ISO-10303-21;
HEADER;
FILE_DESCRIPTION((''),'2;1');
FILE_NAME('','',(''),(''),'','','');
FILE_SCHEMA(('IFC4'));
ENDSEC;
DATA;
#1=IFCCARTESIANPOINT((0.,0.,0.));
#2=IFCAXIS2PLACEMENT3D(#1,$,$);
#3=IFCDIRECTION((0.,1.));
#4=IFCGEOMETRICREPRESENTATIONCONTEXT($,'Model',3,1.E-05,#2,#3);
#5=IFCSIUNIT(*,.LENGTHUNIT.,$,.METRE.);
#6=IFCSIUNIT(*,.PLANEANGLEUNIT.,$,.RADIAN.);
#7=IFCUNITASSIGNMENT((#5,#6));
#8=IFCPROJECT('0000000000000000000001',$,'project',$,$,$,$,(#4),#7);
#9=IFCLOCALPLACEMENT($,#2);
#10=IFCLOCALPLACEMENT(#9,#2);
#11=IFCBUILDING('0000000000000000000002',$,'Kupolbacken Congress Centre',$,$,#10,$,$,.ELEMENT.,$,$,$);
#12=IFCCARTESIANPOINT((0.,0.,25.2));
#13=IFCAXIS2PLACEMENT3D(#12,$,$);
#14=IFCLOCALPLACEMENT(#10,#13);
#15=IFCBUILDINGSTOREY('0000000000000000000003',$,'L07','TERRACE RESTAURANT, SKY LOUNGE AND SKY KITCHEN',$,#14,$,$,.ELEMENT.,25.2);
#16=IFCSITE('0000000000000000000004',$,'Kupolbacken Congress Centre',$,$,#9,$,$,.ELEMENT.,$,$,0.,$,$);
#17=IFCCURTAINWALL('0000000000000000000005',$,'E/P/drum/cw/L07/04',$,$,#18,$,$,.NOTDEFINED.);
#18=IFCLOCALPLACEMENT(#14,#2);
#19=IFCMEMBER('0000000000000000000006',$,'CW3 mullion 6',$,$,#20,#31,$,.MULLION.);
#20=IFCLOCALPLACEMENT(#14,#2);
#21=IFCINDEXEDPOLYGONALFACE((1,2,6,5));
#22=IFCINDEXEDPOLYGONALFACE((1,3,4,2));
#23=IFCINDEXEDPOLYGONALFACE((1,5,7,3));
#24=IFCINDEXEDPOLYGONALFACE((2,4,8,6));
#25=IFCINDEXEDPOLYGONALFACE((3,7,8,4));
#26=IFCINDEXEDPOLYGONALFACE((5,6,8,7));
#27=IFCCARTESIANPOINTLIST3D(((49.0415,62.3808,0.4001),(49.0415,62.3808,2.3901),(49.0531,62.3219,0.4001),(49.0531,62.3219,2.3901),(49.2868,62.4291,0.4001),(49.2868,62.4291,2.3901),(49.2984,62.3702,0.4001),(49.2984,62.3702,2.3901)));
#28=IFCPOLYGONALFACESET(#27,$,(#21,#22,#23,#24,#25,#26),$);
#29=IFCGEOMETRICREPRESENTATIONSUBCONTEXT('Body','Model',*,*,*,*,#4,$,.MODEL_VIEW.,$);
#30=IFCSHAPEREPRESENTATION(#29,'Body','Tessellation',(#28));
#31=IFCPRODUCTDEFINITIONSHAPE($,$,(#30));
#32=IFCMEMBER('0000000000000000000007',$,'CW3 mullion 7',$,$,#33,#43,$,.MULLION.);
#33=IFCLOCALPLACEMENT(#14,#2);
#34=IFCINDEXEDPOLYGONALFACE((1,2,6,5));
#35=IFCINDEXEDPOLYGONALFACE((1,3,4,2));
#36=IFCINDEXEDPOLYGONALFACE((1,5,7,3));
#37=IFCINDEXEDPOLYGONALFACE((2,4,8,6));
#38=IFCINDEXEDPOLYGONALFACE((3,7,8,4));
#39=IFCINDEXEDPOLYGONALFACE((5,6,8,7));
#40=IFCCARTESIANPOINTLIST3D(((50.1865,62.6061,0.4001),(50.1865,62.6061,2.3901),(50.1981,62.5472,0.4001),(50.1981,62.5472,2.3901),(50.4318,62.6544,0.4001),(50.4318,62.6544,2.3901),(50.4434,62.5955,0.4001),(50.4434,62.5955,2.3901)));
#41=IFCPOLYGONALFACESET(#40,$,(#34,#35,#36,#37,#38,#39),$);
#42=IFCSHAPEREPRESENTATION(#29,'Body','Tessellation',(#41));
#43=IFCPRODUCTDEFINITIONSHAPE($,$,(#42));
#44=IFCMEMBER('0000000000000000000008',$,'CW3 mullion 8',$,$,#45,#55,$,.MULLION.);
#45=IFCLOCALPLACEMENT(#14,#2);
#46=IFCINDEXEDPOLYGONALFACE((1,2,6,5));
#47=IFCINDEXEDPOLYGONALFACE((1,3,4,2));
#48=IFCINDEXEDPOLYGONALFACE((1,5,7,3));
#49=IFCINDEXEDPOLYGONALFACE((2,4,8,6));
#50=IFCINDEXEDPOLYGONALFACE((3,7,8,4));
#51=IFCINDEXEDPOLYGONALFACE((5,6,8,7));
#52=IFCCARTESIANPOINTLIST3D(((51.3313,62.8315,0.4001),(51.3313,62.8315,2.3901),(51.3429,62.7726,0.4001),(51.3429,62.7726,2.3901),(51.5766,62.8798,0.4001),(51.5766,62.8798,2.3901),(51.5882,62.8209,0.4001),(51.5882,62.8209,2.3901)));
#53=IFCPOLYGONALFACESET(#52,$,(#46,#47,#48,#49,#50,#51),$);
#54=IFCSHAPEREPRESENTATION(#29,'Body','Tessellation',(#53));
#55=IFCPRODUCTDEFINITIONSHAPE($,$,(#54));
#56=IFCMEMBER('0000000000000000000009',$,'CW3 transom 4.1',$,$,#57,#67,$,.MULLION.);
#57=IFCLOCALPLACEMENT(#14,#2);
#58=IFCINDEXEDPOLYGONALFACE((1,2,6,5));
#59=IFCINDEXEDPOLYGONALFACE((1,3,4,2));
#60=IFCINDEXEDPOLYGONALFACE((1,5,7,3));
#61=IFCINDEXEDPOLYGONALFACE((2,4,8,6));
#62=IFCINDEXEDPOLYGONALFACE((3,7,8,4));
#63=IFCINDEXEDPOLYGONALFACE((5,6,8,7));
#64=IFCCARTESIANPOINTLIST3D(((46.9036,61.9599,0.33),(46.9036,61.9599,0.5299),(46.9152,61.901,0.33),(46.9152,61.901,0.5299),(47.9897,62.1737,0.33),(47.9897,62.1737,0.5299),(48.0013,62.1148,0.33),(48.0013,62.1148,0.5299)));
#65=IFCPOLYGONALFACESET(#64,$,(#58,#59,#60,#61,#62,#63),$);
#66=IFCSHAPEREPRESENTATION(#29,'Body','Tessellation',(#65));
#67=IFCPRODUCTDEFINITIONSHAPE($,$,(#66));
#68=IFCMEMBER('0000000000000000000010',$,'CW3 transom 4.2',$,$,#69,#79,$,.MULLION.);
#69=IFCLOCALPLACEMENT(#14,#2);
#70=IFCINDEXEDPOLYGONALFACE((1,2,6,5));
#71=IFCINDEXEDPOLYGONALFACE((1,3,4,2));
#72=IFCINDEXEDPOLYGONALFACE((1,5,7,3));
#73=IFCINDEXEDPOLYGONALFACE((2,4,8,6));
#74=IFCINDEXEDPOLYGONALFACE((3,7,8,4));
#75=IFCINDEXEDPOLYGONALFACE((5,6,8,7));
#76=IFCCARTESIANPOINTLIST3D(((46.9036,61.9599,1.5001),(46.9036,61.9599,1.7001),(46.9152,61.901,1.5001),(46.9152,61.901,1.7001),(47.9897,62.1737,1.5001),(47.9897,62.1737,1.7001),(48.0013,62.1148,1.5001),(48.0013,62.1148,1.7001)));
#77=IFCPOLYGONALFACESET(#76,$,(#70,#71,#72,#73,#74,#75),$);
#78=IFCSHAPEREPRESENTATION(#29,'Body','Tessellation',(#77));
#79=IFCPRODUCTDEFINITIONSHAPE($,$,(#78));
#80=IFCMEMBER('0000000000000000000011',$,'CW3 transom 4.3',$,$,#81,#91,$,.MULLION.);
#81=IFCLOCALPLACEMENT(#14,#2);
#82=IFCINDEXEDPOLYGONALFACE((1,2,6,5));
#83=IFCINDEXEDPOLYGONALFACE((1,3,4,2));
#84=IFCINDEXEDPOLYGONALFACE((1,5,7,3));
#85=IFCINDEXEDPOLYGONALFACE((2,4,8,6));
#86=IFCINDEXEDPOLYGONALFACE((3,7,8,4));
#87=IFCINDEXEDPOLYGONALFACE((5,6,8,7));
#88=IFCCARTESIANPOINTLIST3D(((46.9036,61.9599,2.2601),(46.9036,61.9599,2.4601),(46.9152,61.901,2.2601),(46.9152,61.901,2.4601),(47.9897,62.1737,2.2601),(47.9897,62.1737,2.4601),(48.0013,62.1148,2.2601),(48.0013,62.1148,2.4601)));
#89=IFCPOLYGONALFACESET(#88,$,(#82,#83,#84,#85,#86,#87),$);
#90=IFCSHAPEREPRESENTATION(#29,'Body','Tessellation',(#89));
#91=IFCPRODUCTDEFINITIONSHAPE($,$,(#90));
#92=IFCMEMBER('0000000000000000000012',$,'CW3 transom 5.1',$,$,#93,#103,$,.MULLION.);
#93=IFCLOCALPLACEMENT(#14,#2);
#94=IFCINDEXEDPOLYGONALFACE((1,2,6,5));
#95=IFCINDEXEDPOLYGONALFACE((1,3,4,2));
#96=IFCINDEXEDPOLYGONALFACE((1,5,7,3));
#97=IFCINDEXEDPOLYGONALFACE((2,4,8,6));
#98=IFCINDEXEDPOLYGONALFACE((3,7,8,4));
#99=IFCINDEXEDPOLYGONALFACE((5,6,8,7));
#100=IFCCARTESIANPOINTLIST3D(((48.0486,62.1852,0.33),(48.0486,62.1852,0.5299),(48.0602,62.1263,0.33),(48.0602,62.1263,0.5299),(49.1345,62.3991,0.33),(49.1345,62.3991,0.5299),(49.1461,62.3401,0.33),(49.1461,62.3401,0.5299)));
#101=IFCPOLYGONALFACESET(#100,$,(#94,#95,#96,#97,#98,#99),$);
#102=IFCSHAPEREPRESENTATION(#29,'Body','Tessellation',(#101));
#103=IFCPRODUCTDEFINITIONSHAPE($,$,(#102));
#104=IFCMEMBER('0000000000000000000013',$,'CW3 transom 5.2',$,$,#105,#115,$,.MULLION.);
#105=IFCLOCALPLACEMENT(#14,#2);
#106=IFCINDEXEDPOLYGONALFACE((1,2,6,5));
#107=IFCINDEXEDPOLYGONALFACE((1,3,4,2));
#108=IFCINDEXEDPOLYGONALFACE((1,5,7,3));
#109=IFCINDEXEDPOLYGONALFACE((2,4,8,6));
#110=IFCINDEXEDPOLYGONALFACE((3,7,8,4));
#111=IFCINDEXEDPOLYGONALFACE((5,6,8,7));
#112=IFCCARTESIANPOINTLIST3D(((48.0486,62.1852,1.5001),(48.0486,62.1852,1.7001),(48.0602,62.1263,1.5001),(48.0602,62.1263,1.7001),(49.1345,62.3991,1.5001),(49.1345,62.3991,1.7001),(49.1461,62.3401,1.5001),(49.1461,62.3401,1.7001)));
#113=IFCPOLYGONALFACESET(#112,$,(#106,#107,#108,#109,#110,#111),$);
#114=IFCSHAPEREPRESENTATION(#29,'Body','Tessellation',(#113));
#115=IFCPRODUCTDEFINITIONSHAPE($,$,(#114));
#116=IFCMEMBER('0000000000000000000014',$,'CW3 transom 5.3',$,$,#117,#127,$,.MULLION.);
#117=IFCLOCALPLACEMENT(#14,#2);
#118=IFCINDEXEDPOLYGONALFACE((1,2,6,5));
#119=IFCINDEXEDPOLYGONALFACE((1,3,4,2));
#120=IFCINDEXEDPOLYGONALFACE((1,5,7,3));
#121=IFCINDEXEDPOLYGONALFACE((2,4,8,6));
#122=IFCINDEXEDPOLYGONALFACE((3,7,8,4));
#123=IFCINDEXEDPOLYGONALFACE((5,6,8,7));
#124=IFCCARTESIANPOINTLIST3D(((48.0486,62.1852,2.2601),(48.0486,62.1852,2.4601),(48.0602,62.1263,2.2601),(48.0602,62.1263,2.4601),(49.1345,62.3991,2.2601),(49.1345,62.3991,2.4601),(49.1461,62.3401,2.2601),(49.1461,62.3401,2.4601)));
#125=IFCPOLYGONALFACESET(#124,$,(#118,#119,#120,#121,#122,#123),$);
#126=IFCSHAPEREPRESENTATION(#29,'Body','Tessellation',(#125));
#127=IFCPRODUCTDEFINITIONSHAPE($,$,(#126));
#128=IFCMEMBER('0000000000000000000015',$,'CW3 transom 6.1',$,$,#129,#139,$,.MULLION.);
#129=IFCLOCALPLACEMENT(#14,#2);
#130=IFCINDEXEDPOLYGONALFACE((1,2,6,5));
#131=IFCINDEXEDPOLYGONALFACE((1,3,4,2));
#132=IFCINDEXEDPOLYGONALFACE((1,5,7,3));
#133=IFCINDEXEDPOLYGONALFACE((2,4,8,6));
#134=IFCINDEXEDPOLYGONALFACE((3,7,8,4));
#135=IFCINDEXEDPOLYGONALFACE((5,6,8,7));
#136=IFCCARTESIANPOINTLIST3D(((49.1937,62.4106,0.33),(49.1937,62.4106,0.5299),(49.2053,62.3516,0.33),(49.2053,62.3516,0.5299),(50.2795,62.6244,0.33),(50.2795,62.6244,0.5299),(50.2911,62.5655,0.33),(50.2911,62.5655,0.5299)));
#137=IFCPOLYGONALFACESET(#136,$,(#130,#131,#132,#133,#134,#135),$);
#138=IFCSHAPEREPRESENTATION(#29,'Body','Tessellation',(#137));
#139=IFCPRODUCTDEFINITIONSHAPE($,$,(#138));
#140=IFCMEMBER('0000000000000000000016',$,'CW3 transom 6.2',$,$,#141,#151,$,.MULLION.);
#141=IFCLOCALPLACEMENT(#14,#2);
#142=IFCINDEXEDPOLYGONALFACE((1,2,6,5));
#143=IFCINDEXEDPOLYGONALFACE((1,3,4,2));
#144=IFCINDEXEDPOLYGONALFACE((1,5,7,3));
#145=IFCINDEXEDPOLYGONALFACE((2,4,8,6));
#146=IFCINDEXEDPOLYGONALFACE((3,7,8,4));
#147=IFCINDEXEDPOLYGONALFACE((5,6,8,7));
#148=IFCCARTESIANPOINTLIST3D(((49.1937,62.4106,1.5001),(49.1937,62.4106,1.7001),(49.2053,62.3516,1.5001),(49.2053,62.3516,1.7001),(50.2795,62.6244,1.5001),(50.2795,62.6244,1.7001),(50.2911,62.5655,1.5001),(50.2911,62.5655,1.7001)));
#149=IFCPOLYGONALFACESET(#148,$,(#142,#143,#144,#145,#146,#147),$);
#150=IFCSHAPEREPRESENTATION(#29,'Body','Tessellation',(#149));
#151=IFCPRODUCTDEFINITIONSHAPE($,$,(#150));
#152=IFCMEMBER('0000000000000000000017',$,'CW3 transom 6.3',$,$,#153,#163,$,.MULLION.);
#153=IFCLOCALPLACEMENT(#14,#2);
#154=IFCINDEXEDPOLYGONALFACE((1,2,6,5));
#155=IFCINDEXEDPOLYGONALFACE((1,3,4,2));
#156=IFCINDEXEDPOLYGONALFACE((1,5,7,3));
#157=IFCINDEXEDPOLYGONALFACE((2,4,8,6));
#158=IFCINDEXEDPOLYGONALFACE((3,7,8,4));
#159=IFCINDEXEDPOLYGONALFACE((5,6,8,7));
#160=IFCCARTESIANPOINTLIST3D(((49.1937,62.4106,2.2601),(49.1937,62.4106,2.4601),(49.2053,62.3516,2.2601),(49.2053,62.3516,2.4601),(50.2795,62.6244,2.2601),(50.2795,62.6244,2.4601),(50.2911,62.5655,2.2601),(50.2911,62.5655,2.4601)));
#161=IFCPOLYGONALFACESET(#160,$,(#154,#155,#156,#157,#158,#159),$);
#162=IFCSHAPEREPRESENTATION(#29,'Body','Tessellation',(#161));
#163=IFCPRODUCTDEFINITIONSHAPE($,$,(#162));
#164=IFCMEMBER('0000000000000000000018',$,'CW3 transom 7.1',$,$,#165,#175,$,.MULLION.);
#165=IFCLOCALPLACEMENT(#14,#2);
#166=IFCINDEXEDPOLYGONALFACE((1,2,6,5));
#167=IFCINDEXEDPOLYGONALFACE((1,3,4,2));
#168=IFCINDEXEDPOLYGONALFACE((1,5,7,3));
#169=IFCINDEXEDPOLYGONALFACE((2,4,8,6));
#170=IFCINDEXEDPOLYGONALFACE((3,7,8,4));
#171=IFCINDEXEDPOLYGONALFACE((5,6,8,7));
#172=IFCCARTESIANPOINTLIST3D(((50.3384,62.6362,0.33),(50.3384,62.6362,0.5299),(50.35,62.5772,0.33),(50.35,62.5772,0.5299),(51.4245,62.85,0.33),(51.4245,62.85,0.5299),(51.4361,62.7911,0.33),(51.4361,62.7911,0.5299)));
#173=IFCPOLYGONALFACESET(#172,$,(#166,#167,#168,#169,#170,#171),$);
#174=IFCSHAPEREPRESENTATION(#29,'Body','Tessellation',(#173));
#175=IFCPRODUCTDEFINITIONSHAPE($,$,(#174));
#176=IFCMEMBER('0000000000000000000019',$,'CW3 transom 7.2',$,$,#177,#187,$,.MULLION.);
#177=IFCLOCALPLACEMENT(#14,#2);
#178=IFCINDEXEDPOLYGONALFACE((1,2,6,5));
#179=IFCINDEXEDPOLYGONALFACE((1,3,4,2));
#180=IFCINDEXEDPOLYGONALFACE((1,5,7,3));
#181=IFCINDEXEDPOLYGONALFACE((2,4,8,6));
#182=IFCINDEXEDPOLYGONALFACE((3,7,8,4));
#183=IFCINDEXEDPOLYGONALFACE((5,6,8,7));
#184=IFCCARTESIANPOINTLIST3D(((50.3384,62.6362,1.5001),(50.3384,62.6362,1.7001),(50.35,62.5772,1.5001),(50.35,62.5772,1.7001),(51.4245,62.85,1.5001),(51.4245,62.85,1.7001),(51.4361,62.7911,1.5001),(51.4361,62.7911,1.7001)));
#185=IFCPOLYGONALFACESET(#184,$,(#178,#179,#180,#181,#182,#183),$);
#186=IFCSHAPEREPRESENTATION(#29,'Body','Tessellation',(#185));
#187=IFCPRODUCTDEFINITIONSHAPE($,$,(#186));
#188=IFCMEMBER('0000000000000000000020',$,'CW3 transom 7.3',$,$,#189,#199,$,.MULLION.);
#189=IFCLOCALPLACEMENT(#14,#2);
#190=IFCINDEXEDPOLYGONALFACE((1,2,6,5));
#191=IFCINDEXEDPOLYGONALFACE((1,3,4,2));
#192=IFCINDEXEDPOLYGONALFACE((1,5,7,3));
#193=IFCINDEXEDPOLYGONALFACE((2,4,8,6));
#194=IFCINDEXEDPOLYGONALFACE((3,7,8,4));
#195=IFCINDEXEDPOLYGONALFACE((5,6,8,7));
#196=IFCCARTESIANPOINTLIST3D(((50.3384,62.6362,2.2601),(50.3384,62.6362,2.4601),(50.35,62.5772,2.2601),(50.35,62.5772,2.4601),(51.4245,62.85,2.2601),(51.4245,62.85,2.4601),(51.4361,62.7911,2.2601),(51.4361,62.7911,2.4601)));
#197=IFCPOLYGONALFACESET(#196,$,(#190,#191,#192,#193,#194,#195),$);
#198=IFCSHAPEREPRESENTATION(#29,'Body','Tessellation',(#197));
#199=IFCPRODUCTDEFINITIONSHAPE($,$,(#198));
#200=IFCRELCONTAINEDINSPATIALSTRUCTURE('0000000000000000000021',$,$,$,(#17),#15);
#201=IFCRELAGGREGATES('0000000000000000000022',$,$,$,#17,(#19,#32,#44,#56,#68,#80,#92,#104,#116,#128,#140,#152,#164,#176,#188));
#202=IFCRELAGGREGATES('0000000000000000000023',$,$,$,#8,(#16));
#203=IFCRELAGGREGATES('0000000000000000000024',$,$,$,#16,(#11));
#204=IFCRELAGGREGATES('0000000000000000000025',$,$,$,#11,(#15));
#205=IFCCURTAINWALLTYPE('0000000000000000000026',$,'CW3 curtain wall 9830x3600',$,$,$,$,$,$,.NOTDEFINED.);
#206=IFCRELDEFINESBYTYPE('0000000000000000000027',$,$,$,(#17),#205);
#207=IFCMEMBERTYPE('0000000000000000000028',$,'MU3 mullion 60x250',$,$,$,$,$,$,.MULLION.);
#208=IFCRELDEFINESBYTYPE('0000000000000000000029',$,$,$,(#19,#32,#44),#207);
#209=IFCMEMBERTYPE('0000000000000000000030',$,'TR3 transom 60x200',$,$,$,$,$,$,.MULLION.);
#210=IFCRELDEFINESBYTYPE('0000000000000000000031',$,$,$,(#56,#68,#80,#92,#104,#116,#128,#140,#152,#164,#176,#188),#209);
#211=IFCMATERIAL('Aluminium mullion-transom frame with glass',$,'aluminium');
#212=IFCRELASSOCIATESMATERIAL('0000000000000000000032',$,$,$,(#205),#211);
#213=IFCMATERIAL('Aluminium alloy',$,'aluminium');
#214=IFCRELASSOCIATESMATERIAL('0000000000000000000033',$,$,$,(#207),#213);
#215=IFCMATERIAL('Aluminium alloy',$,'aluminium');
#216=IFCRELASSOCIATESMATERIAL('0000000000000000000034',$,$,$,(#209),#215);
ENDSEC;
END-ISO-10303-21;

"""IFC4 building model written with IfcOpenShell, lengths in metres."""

from ifc_helpers import new_model, si_unit, direction, frame, origin, origin_2d, place, context, subcontext, project, spatial, rectangle, extrude, material, material_profile, profile_set, type_object, element, aggregate, save


model = new_model("IFC4")

# Units and contexts
model_context = context("Model", 3, precision=1e-05, world=origin(), true_north=direction((0.0, 1.0)))
body_context = subcontext(model_context, "Body", "Model", "MODEL_VIEW")
ifc_project = project(units=[si_unit("LENGTHUNIT", "METRE"), si_unit("PLANEANGLEUNIT", "RADIAN")], contexts=[model_context])

# Site, building, storey
site_placement = place(None, origin())
site = spatial("IfcSite", under=ifc_project, at=site_placement, Name="Kupolbacken Congress Centre", CompositionType="ELEMENT", RefElevation=0.0)
building_placement = place(site_placement, origin())
building = spatial("IfcBuilding", under=site, at=building_placement, Name="Kupolbacken Congress Centre", CompositionType="ELEMENT")
storey_placement = place(building_placement, frame((0.0, 0.0, 25.2)))
storey = spatial("IfcBuildingStorey", under=building, at=storey_placement, Name="L07", Description="TERRACE RESTAURANT, SKY LOUNGE AND SKY KITCHEN", CompositionType="ELEMENT", Elevation=25.2)

# Curtain wall, members
ifc_material_1 = material(Name="Aluminium mullion-transom frame with glass", Category="aluminium")
curtain_wall_type = type_object("IfcCurtainWallType", Name="CW3 curtain wall 9830x3600", PredefinedType="NOTDEFINED", material=ifc_material_1)
curtain_wall_placement = place(storey_placement, origin())
curtain_wall = element("IfcCurtainWall", 1, at=curtain_wall_placement, inside=storey, type_object=curtain_wall_type, Name="E/P/drum/cw/L07/04", PredefinedType="NOTDEFINED")
ifc_material_2 = material(Name="Aluminium alloy", Category="aluminium")
ifc_material_profile_1 = material_profile(ifc_material_2, rectangle(XDim=0.0601, YDim=0.25, at=origin_2d()), Name="60 x 250")
ifc_profile_set_1 = profile_set([ifc_material_profile_1], Name="Aluminium alloy")
member_type_1 = type_object("IfcMemberType", Name="MU3 mullion 60x250", PredefinedType="MULLION", material=ifc_profile_set_1)
member_1_placement = place(storey_placement, frame((49.1699, 62.3755, 0.4001), z_axis=(0.0, 0.0, 1.0), x_axis=(-0.193182, 0.981163, 0.0)))
member_1 = element("IfcMember", 2, at=member_1_placement, type_object=member_type_1, Name="CW3 mullion 6", PredefinedType="MULLION", context=body_context, shape_type="SweptSolid", body=[
    extrude(rectangle(XDim=0.0601, YDim=0.25, at=origin_2d()), origin(), (0.0, 0.0, 1.0), 1.99),
])
member_2_placement = place(storey_placement, frame((50.3149, 62.6008, 0.4001), z_axis=(0.0, 0.0, 1.0), x_axis=(-0.193182, 0.981163, 0.0)))
member_2 = element("IfcMember", 3, at=member_2_placement, type_object=member_type_1, Name="CW3 mullion 7", PredefinedType="MULLION", context=body_context, shape_type="SweptSolid", body=[
    extrude(rectangle(XDim=0.0601, YDim=0.25, at=origin_2d()), origin(), (0.0, 0.0, 1.0), 1.99),
])
member_3_placement = place(storey_placement, frame((51.4597, 62.8262, 0.4001), z_axis=(0.0, 0.0, 1.0), x_axis=(-0.193182, 0.981163, 0.0)))
member_3 = element("IfcMember", 4, at=member_3_placement, type_object=member_type_1, Name="CW3 mullion 8", PredefinedType="MULLION", context=body_context, shape_type="SweptSolid", body=[
    extrude(rectangle(XDim=0.0601, YDim=0.25, at=origin_2d()), origin(), (0.0, 0.0, 1.0), 1.99),
])
ifc_material_3 = material(Name="Aluminium alloy", Category="aluminium")
ifc_material_profile_2 = material_profile(ifc_material_3, rectangle(XDim=0.0601, YDim=0.2, at=origin_2d()), Name="60 x 200")
ifc_profile_set_2 = profile_set([ifc_material_profile_2], Name="Aluminium alloy")
member_type_2 = type_object("IfcMemberType", Name="TR3 transom 60x200", PredefinedType="MULLION", material=ifc_profile_set_2)
member_4_placement = place(storey_placement, frame((46.9094, 61.9304, 0.4299), z_axis=(0.981162, 0.193189, 0.0), x_axis=(-0.193189, 0.981162, 0.0)))
member_4 = element("IfcMember", 5, at=member_4_placement, type_object=member_type_2, Name="CW3 transom 4.1", PredefinedType="MULLION", context=body_context, shape_type="SweptSolid", body=[
    extrude(rectangle(XDim=0.0601, YDim=0.2, at=origin_2d()), origin(), (0.0, 0.0, 1.0), 1.1069),
])
member_5_placement = place(storey_placement, frame((46.9094, 61.9304, 1.6001), z_axis=(0.981162, 0.193189, 0.0), x_axis=(-0.193189, 0.981162, 0.0)))
member_5 = element("IfcMember", 6, at=member_5_placement, type_object=member_type_2, Name="CW3 transom 4.2", PredefinedType="MULLION", context=body_context, shape_type="SweptSolid", body=[
    extrude(rectangle(XDim=0.0601, YDim=0.2, at=origin_2d()), origin(), (0.0, 0.0, 1.0), 1.1069),
])
member_6_placement = place(storey_placement, frame((46.9094, 61.9304, 2.3601), z_axis=(0.981162, 0.193189, 0.0), x_axis=(-0.193189, 0.981162, 0.0)))
member_6 = element("IfcMember", 7, at=member_6_placement, type_object=member_type_2, Name="CW3 transom 4.3", PredefinedType="MULLION", context=body_context, shape_type="SweptSolid", body=[
    extrude(rectangle(XDim=0.0601, YDim=0.2, at=origin_2d()), origin(), (0.0, 0.0, 1.0), 1.1069),
])
member_7_placement = place(storey_placement, frame((48.0544, 62.1558, 0.4299), z_axis=(0.981153, 0.193231, 0.0), x_axis=(-0.193231, 0.981153, 0.0)))
member_7 = element("IfcMember", 8, at=member_7_placement, type_object=member_type_2, Name="CW3 transom 5.1", PredefinedType="MULLION", context=body_context, shape_type="SweptSolid", body=[
    extrude(rectangle(XDim=0.0601, YDim=0.2, at=origin_2d()), origin(), (0.0, 0.0, 1.0), 1.1067),
])
member_8_placement = place(storey_placement, frame((48.0544, 62.1558, 1.6001), z_axis=(0.981153, 0.193231, 0.0), x_axis=(-0.193231, 0.981153, 0.0)))
member_8 = element("IfcMember", 9, at=member_8_placement, type_object=member_type_2, Name="CW3 transom 5.2", PredefinedType="MULLION", context=body_context, shape_type="SweptSolid", body=[
    extrude(rectangle(XDim=0.0601, YDim=0.2, at=origin_2d()), origin(), (0.0, 0.0, 1.0), 1.1067),
])
member_9_placement = place(storey_placement, frame((48.0544, 62.1558, 2.3601), z_axis=(0.981153, 0.193231, 0.0), x_axis=(-0.193231, 0.981153, 0.0)))
member_9 = element("IfcMember", 10, at=member_9_placement, type_object=member_type_2, Name="CW3 transom 5.3", PredefinedType="MULLION", context=body_context, shape_type="SweptSolid", body=[
    extrude(rectangle(XDim=0.0601, YDim=0.2, at=origin_2d()), origin(), (0.0, 0.0, 1.0), 1.1067),
])
member_10_placement = place(storey_placement, frame((49.1995, 62.3811, 0.4299), z_axis=(0.981153, 0.193231, 0.0), x_axis=(-0.193231, 0.981153, 0.0)))
member_10 = element("IfcMember", 11, at=member_10_placement, type_object=member_type_2, Name="CW3 transom 6.1", PredefinedType="MULLION", context=body_context, shape_type="SweptSolid", body=[
    extrude(rectangle(XDim=0.0601, YDim=0.2, at=origin_2d()), origin(), (0.0, 0.0, 1.0), 1.1067),
])
member_11_placement = place(storey_placement, frame((49.1995, 62.3811, 1.6001), z_axis=(0.981153, 0.193231, 0.0), x_axis=(-0.193231, 0.981153, 0.0)))
member_11 = element("IfcMember", 12, at=member_11_placement, type_object=member_type_2, Name="CW3 transom 6.2", PredefinedType="MULLION", context=body_context, shape_type="SweptSolid", body=[
    extrude(rectangle(XDim=0.0601, YDim=0.2, at=origin_2d()), origin(), (0.0, 0.0, 1.0), 1.1067),
])
member_12_placement = place(storey_placement, frame((49.1995, 62.3811, 2.3601), z_axis=(0.981153, 0.193231, 0.0), x_axis=(-0.193231, 0.981153, 0.0)))
member_12 = element("IfcMember", 13, at=member_12_placement, type_object=member_type_2, Name="CW3 transom 6.3", PredefinedType="MULLION", context=body_context, shape_type="SweptSolid", body=[
    extrude(rectangle(XDim=0.0601, YDim=0.2, at=origin_2d()), origin(), (0.0, 0.0, 1.0), 1.1067),
])
member_13_placement = place(storey_placement, frame((50.3442, 62.6067, 0.4299), z_axis=(0.981162, 0.193189, 0.0), x_axis=(-0.193189, 0.981162, 0.0)))
member_13 = element("IfcMember", 14, at=member_13_placement, type_object=member_type_2, Name="CW3 transom 7.1", PredefinedType="MULLION", context=body_context, shape_type="SweptSolid", body=[
    extrude(rectangle(XDim=0.0601, YDim=0.2, at=origin_2d()), origin(), (0.0, 0.0, 1.0), 1.1069),
])
member_14_placement = place(storey_placement, frame((50.3442, 62.6067, 1.6001), z_axis=(0.981162, 0.193189, 0.0), x_axis=(-0.193189, 0.981162, 0.0)))
member_14 = element("IfcMember", 15, at=member_14_placement, type_object=member_type_2, Name="CW3 transom 7.2", PredefinedType="MULLION", context=body_context, shape_type="SweptSolid", body=[
    extrude(rectangle(XDim=0.0601, YDim=0.2, at=origin_2d()), origin(), (0.0, 0.0, 1.0), 1.1069),
])
member_15_placement = place(storey_placement, frame((50.3442, 62.6067, 2.3601), z_axis=(0.981162, 0.193189, 0.0), x_axis=(-0.193189, 0.981162, 0.0)))
member_15 = element("IfcMember", 16, at=member_15_placement, type_object=member_type_2, Name="CW3 transom 7.3", PredefinedType="MULLION", context=body_context, shape_type="SweptSolid", body=[
    extrude(rectangle(XDim=0.0601, YDim=0.2, at=origin_2d()), origin(), (0.0, 0.0, 1.0), 1.1069),
])
aggregate(curtain_wall, [member_1, member_2, member_3, member_4, member_5, member_6, member_7, member_8, member_9, member_10, member_11, member_12, member_13, member_14, member_15])

save(model, "model.ifc")
